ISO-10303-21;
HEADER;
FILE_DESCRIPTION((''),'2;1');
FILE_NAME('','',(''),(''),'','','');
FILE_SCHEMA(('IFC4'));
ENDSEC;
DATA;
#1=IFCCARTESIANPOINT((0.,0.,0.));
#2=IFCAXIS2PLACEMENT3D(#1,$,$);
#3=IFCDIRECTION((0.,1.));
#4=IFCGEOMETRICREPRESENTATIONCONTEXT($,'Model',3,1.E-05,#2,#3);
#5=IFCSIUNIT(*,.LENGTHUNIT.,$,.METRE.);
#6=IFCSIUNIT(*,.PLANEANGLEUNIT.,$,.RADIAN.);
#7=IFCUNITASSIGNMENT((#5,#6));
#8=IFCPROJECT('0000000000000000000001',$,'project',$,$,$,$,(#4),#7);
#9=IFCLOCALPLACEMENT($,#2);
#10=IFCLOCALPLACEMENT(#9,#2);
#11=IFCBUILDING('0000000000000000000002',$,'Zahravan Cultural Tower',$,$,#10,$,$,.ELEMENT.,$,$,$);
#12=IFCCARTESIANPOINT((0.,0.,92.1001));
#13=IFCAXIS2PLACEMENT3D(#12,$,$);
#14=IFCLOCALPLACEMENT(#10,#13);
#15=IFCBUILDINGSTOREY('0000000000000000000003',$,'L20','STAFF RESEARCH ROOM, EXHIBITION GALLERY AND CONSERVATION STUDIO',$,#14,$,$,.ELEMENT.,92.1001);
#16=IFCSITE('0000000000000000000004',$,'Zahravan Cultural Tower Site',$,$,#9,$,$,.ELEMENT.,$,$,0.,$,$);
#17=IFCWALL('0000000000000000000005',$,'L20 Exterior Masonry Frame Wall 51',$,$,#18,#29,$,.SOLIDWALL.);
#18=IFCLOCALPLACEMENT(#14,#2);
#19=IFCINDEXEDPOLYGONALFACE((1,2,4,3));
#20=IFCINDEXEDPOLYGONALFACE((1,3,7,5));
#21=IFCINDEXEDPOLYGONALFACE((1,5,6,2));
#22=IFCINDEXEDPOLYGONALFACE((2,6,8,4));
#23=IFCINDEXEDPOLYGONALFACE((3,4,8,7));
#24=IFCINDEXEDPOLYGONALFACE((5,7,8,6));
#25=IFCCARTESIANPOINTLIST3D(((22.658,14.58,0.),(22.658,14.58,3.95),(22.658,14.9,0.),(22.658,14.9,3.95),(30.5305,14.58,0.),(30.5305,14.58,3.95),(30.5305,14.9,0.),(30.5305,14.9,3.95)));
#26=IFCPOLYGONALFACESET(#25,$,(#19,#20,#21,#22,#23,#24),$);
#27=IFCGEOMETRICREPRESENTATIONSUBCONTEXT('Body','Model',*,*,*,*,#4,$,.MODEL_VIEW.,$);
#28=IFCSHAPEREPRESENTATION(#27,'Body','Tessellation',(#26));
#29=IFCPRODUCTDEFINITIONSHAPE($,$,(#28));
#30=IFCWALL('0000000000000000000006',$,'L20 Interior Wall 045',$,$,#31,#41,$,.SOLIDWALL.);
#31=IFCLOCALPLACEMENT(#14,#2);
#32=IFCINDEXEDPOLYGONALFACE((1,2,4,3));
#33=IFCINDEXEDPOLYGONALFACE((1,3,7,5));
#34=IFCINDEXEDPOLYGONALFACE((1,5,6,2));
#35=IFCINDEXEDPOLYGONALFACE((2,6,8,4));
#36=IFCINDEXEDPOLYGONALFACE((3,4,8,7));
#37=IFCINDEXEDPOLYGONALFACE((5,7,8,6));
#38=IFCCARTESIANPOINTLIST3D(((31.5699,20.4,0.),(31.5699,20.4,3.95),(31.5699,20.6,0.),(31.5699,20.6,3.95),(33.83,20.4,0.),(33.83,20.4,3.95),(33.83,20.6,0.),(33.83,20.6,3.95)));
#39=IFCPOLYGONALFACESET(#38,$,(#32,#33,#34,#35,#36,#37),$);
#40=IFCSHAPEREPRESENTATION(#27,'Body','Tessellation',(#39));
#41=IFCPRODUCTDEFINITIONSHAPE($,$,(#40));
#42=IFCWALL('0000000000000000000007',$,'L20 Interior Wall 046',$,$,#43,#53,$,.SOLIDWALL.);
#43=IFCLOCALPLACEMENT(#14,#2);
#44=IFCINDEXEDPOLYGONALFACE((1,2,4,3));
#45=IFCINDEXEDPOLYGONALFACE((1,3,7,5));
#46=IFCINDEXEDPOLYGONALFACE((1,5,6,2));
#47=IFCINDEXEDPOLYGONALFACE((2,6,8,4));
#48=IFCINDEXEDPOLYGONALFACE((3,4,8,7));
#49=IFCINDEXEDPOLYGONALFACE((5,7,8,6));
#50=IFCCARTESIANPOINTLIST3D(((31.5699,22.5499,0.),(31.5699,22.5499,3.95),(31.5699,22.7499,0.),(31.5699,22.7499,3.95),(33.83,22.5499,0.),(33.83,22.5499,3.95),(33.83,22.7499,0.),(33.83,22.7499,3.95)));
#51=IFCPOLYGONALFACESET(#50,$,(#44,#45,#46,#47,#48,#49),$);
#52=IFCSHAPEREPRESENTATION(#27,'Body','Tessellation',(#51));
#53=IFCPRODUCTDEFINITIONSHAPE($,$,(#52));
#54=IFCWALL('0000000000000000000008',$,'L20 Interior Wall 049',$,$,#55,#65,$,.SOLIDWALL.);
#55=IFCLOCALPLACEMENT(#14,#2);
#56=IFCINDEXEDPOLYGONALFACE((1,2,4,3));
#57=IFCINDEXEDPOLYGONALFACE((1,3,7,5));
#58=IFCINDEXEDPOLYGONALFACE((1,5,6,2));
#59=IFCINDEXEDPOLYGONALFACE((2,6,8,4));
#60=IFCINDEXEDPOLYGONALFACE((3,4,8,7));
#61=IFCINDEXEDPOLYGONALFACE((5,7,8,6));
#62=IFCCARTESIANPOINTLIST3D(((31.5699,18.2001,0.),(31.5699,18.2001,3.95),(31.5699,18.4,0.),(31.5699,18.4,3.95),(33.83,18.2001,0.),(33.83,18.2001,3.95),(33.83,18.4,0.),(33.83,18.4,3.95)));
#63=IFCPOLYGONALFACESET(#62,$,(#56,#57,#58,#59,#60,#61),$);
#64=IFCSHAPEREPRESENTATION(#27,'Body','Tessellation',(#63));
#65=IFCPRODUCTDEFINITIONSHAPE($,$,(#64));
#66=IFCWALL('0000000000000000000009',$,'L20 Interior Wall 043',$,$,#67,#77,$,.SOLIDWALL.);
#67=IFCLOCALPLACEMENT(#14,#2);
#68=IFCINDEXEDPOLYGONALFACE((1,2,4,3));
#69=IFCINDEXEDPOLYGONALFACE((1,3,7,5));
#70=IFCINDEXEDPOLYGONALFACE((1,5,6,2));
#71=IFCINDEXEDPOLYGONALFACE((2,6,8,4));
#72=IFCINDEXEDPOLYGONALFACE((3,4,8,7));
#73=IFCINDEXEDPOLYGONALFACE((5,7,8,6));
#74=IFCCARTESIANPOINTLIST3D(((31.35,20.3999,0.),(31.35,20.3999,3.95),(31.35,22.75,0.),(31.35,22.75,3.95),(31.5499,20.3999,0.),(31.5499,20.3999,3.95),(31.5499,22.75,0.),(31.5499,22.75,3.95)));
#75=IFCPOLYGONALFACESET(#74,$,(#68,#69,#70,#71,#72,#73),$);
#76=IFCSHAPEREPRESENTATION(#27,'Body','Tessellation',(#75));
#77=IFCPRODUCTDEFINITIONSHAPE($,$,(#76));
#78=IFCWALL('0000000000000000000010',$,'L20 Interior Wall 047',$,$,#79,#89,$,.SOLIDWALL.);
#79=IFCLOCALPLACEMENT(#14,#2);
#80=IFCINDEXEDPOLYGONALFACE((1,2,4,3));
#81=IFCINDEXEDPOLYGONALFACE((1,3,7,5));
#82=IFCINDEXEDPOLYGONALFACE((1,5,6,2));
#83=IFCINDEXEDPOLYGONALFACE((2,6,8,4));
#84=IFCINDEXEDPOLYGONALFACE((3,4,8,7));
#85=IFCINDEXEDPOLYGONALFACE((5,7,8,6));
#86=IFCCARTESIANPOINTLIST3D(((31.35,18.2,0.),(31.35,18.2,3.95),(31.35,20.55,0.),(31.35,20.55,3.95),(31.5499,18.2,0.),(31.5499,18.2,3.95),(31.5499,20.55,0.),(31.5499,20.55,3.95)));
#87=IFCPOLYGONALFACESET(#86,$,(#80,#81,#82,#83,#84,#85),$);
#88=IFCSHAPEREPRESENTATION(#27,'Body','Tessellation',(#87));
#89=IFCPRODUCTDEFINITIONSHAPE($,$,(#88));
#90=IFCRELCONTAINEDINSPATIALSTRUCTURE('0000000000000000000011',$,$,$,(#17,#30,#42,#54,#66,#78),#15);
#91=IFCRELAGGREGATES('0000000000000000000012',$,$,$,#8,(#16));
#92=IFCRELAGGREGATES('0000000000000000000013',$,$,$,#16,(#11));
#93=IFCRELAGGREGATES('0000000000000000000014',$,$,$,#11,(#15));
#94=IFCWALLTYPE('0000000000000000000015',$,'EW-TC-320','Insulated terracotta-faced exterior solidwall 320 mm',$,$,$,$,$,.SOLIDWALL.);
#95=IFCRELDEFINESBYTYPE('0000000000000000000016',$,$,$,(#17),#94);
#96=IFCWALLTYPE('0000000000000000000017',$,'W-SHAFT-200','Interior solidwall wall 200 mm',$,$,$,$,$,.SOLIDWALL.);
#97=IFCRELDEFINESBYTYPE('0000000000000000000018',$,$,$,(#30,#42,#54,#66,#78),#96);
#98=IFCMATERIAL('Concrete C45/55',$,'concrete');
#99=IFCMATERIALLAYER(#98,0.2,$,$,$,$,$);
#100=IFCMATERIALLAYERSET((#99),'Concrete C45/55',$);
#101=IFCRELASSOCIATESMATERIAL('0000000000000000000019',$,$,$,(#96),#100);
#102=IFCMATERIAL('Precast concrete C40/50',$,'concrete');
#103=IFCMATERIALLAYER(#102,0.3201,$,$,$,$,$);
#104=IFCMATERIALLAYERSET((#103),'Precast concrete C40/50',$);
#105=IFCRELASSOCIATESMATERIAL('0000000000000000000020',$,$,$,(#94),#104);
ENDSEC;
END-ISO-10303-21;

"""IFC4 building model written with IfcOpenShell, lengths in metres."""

from ifc_helpers import new_model, si_unit, direction, frame, frame_2d, origin, place, context, subcontext, project, spatial, rectangle, extrude, source, transform, mapped, material, layer, layer_set, type_object, element, save


model = new_model("IFC4")

# Units and contexts
model_context = context("Model", 3, precision=1e-05, world=origin(), true_north=direction((0.0, 1.0)))
body_context = subcontext(model_context, "Body", "Model", "MODEL_VIEW")
ifc_project = project(units=[si_unit("LENGTHUNIT", "METRE"), si_unit("PLANEANGLEUNIT", "RADIAN")], contexts=[model_context])

# Site, building, storey
site_placement = place(None, origin())
site = spatial("IfcSite", under=ifc_project, at=site_placement, Name="Zahravan Cultural Tower Site", CompositionType="ELEMENT", RefElevation=0.0)
building_placement = place(site_placement, origin())
building = spatial("IfcBuilding", under=site, at=building_placement, Name="Zahravan Cultural Tower", CompositionType="ELEMENT")
storey_placement = place(building_placement, frame((0.0, 0.0, 92.1001)))
storey = spatial("IfcBuildingStorey", under=building, at=storey_placement, Name="L20", Description="STAFF RESEARCH ROOM, EXHIBITION GALLERY AND CONSERVATION STUDIO", CompositionType="ELEMENT", Elevation=92.1001)

# Shared definitions
ifc_material_1 = material(Name="Concrete C45/55", Category="concrete")
ifc_layer_1 = layer(ifc_material_1, 0.2)
ifc_layer_set_1 = layer_set([ifc_layer_1], Name="Concrete C45/55")
wall_type_1 = type_object("IfcWallType", Name="W-SHAFT-200", Description="Interior solidwall wall 200 mm", PredefinedType="SOLIDWALL", material=ifc_layer_set_1)

# Walls
ifc_material_2 = material(Name="Precast concrete C40/50", Category="concrete")
ifc_layer_2 = layer(ifc_material_2, 0.3201)
ifc_layer_set_2 = layer_set([ifc_layer_2], Name="Precast concrete C40/50")
wall_type_2 = type_object("IfcWallType", Name="EW-TC-320", Description="Insulated terracotta-faced exterior solidwall 320 mm", PredefinedType="SOLIDWALL", material=ifc_layer_set_2)
shared_shape_1 = source(origin(), body_context, "Body", "SweptSolid", [
    extrude(rectangle(XDim=7.8726, YDim=0.3201, at=frame_2d((3.9363, 0.0))), origin(), (0.0, 0.0, 1.0), 3.95),
])
wall_1_placement = place(storey_placement, frame((30.5305, 14.74, 0.0), z_axis=(0.0, 0.0, 1.0), x_axis=(-1.0, 0.0, 0.0)))
element("IfcWall", 1, at=wall_1_placement, inside=storey, type_object=wall_type_2, Name="L20 Exterior Masonry Frame Wall 51", PredefinedType="SOLIDWALL", context=body_context, shape_type="MappedRepresentation", body=[
    mapped(shared_shape_1, transform((0.0, 0.0, 0.0), x_axis=(1.0, 0.0, 0.0), y_axis=(0.0, 1.0, 0.0), z_axis=(0.0, 0.0, 1.0), scale=1.0)),
])
shared_shape_2 = source(origin(), body_context, "Body", "SweptSolid", [
    extrude(rectangle(XDim=2.26, YDim=0.2, at=frame_2d((1.1299, 0.0))), origin(), (0.0, 0.0, 1.0), 3.95),
])
for number, where, z_axis, x_axis, name in (
    (2, (31.5701, 20.5, 0.0), (0.0, 0.0, 1.0), (1.0, 0.0, 0.0), "L20 Interior Wall 045"),
    (3, (31.5701, 22.6499, 0.0), (0.0, 0.0, 1.0), (1.0, 0.0, 0.0), "L20 Interior Wall 046"),
    (4, (31.5701, 18.3, 0.0), (0.0, 0.0, 1.0), (1.0, 0.0, 0.0), "L20 Interior Wall 049"),
):
    element("IfcWall", number, at=place(storey_placement, frame(where, z_axis=z_axis, x_axis=x_axis)), inside=storey, type_object=wall_type_1, Name=name, PredefinedType="SOLIDWALL", context=body_context, shape_type="MappedRepresentation", body=[
        mapped(shared_shape_2, transform((0.0, 0.0, 0.0), x_axis=(1.0, 0.0, 0.0), y_axis=(0.0, 1.0, 0.0), z_axis=(0.0, 0.0, 1.0), scale=1.0)),
    ])
shared_shape_3 = source(origin(), body_context, "Body", "SweptSolid", [
    extrude(rectangle(XDim=2.3501, YDim=0.2, at=frame_2d((1.175, 0.0))), origin(), (0.0, 0.0, 1.0), 3.95),
])
for number, where, z_axis, x_axis, name in (
    (5, (31.45, 20.3999, 0.0), (0.0, 0.0, 1.0), (0.0, 1.0, 0.0), "L20 Interior Wall 043"),
    (6, (31.45, 18.2, 0.0), (0.0, 0.0, 1.0), (0.0, 1.0, 0.0), "L20 Interior Wall 047"),
):
    element("IfcWall", number, at=place(storey_placement, frame(where, z_axis=z_axis, x_axis=x_axis)), inside=storey, type_object=wall_type_1, Name=name, PredefinedType="SOLIDWALL", context=body_context, shape_type="MappedRepresentation", body=[
        mapped(shared_shape_3, transform((0.0, 0.0, 0.0), x_axis=(1.0, 0.0, 0.0), y_axis=(0.0, 1.0, 0.0), z_axis=(0.0, 0.0, 1.0), scale=1.0)),
    ])

save(model, "model.ifc")
